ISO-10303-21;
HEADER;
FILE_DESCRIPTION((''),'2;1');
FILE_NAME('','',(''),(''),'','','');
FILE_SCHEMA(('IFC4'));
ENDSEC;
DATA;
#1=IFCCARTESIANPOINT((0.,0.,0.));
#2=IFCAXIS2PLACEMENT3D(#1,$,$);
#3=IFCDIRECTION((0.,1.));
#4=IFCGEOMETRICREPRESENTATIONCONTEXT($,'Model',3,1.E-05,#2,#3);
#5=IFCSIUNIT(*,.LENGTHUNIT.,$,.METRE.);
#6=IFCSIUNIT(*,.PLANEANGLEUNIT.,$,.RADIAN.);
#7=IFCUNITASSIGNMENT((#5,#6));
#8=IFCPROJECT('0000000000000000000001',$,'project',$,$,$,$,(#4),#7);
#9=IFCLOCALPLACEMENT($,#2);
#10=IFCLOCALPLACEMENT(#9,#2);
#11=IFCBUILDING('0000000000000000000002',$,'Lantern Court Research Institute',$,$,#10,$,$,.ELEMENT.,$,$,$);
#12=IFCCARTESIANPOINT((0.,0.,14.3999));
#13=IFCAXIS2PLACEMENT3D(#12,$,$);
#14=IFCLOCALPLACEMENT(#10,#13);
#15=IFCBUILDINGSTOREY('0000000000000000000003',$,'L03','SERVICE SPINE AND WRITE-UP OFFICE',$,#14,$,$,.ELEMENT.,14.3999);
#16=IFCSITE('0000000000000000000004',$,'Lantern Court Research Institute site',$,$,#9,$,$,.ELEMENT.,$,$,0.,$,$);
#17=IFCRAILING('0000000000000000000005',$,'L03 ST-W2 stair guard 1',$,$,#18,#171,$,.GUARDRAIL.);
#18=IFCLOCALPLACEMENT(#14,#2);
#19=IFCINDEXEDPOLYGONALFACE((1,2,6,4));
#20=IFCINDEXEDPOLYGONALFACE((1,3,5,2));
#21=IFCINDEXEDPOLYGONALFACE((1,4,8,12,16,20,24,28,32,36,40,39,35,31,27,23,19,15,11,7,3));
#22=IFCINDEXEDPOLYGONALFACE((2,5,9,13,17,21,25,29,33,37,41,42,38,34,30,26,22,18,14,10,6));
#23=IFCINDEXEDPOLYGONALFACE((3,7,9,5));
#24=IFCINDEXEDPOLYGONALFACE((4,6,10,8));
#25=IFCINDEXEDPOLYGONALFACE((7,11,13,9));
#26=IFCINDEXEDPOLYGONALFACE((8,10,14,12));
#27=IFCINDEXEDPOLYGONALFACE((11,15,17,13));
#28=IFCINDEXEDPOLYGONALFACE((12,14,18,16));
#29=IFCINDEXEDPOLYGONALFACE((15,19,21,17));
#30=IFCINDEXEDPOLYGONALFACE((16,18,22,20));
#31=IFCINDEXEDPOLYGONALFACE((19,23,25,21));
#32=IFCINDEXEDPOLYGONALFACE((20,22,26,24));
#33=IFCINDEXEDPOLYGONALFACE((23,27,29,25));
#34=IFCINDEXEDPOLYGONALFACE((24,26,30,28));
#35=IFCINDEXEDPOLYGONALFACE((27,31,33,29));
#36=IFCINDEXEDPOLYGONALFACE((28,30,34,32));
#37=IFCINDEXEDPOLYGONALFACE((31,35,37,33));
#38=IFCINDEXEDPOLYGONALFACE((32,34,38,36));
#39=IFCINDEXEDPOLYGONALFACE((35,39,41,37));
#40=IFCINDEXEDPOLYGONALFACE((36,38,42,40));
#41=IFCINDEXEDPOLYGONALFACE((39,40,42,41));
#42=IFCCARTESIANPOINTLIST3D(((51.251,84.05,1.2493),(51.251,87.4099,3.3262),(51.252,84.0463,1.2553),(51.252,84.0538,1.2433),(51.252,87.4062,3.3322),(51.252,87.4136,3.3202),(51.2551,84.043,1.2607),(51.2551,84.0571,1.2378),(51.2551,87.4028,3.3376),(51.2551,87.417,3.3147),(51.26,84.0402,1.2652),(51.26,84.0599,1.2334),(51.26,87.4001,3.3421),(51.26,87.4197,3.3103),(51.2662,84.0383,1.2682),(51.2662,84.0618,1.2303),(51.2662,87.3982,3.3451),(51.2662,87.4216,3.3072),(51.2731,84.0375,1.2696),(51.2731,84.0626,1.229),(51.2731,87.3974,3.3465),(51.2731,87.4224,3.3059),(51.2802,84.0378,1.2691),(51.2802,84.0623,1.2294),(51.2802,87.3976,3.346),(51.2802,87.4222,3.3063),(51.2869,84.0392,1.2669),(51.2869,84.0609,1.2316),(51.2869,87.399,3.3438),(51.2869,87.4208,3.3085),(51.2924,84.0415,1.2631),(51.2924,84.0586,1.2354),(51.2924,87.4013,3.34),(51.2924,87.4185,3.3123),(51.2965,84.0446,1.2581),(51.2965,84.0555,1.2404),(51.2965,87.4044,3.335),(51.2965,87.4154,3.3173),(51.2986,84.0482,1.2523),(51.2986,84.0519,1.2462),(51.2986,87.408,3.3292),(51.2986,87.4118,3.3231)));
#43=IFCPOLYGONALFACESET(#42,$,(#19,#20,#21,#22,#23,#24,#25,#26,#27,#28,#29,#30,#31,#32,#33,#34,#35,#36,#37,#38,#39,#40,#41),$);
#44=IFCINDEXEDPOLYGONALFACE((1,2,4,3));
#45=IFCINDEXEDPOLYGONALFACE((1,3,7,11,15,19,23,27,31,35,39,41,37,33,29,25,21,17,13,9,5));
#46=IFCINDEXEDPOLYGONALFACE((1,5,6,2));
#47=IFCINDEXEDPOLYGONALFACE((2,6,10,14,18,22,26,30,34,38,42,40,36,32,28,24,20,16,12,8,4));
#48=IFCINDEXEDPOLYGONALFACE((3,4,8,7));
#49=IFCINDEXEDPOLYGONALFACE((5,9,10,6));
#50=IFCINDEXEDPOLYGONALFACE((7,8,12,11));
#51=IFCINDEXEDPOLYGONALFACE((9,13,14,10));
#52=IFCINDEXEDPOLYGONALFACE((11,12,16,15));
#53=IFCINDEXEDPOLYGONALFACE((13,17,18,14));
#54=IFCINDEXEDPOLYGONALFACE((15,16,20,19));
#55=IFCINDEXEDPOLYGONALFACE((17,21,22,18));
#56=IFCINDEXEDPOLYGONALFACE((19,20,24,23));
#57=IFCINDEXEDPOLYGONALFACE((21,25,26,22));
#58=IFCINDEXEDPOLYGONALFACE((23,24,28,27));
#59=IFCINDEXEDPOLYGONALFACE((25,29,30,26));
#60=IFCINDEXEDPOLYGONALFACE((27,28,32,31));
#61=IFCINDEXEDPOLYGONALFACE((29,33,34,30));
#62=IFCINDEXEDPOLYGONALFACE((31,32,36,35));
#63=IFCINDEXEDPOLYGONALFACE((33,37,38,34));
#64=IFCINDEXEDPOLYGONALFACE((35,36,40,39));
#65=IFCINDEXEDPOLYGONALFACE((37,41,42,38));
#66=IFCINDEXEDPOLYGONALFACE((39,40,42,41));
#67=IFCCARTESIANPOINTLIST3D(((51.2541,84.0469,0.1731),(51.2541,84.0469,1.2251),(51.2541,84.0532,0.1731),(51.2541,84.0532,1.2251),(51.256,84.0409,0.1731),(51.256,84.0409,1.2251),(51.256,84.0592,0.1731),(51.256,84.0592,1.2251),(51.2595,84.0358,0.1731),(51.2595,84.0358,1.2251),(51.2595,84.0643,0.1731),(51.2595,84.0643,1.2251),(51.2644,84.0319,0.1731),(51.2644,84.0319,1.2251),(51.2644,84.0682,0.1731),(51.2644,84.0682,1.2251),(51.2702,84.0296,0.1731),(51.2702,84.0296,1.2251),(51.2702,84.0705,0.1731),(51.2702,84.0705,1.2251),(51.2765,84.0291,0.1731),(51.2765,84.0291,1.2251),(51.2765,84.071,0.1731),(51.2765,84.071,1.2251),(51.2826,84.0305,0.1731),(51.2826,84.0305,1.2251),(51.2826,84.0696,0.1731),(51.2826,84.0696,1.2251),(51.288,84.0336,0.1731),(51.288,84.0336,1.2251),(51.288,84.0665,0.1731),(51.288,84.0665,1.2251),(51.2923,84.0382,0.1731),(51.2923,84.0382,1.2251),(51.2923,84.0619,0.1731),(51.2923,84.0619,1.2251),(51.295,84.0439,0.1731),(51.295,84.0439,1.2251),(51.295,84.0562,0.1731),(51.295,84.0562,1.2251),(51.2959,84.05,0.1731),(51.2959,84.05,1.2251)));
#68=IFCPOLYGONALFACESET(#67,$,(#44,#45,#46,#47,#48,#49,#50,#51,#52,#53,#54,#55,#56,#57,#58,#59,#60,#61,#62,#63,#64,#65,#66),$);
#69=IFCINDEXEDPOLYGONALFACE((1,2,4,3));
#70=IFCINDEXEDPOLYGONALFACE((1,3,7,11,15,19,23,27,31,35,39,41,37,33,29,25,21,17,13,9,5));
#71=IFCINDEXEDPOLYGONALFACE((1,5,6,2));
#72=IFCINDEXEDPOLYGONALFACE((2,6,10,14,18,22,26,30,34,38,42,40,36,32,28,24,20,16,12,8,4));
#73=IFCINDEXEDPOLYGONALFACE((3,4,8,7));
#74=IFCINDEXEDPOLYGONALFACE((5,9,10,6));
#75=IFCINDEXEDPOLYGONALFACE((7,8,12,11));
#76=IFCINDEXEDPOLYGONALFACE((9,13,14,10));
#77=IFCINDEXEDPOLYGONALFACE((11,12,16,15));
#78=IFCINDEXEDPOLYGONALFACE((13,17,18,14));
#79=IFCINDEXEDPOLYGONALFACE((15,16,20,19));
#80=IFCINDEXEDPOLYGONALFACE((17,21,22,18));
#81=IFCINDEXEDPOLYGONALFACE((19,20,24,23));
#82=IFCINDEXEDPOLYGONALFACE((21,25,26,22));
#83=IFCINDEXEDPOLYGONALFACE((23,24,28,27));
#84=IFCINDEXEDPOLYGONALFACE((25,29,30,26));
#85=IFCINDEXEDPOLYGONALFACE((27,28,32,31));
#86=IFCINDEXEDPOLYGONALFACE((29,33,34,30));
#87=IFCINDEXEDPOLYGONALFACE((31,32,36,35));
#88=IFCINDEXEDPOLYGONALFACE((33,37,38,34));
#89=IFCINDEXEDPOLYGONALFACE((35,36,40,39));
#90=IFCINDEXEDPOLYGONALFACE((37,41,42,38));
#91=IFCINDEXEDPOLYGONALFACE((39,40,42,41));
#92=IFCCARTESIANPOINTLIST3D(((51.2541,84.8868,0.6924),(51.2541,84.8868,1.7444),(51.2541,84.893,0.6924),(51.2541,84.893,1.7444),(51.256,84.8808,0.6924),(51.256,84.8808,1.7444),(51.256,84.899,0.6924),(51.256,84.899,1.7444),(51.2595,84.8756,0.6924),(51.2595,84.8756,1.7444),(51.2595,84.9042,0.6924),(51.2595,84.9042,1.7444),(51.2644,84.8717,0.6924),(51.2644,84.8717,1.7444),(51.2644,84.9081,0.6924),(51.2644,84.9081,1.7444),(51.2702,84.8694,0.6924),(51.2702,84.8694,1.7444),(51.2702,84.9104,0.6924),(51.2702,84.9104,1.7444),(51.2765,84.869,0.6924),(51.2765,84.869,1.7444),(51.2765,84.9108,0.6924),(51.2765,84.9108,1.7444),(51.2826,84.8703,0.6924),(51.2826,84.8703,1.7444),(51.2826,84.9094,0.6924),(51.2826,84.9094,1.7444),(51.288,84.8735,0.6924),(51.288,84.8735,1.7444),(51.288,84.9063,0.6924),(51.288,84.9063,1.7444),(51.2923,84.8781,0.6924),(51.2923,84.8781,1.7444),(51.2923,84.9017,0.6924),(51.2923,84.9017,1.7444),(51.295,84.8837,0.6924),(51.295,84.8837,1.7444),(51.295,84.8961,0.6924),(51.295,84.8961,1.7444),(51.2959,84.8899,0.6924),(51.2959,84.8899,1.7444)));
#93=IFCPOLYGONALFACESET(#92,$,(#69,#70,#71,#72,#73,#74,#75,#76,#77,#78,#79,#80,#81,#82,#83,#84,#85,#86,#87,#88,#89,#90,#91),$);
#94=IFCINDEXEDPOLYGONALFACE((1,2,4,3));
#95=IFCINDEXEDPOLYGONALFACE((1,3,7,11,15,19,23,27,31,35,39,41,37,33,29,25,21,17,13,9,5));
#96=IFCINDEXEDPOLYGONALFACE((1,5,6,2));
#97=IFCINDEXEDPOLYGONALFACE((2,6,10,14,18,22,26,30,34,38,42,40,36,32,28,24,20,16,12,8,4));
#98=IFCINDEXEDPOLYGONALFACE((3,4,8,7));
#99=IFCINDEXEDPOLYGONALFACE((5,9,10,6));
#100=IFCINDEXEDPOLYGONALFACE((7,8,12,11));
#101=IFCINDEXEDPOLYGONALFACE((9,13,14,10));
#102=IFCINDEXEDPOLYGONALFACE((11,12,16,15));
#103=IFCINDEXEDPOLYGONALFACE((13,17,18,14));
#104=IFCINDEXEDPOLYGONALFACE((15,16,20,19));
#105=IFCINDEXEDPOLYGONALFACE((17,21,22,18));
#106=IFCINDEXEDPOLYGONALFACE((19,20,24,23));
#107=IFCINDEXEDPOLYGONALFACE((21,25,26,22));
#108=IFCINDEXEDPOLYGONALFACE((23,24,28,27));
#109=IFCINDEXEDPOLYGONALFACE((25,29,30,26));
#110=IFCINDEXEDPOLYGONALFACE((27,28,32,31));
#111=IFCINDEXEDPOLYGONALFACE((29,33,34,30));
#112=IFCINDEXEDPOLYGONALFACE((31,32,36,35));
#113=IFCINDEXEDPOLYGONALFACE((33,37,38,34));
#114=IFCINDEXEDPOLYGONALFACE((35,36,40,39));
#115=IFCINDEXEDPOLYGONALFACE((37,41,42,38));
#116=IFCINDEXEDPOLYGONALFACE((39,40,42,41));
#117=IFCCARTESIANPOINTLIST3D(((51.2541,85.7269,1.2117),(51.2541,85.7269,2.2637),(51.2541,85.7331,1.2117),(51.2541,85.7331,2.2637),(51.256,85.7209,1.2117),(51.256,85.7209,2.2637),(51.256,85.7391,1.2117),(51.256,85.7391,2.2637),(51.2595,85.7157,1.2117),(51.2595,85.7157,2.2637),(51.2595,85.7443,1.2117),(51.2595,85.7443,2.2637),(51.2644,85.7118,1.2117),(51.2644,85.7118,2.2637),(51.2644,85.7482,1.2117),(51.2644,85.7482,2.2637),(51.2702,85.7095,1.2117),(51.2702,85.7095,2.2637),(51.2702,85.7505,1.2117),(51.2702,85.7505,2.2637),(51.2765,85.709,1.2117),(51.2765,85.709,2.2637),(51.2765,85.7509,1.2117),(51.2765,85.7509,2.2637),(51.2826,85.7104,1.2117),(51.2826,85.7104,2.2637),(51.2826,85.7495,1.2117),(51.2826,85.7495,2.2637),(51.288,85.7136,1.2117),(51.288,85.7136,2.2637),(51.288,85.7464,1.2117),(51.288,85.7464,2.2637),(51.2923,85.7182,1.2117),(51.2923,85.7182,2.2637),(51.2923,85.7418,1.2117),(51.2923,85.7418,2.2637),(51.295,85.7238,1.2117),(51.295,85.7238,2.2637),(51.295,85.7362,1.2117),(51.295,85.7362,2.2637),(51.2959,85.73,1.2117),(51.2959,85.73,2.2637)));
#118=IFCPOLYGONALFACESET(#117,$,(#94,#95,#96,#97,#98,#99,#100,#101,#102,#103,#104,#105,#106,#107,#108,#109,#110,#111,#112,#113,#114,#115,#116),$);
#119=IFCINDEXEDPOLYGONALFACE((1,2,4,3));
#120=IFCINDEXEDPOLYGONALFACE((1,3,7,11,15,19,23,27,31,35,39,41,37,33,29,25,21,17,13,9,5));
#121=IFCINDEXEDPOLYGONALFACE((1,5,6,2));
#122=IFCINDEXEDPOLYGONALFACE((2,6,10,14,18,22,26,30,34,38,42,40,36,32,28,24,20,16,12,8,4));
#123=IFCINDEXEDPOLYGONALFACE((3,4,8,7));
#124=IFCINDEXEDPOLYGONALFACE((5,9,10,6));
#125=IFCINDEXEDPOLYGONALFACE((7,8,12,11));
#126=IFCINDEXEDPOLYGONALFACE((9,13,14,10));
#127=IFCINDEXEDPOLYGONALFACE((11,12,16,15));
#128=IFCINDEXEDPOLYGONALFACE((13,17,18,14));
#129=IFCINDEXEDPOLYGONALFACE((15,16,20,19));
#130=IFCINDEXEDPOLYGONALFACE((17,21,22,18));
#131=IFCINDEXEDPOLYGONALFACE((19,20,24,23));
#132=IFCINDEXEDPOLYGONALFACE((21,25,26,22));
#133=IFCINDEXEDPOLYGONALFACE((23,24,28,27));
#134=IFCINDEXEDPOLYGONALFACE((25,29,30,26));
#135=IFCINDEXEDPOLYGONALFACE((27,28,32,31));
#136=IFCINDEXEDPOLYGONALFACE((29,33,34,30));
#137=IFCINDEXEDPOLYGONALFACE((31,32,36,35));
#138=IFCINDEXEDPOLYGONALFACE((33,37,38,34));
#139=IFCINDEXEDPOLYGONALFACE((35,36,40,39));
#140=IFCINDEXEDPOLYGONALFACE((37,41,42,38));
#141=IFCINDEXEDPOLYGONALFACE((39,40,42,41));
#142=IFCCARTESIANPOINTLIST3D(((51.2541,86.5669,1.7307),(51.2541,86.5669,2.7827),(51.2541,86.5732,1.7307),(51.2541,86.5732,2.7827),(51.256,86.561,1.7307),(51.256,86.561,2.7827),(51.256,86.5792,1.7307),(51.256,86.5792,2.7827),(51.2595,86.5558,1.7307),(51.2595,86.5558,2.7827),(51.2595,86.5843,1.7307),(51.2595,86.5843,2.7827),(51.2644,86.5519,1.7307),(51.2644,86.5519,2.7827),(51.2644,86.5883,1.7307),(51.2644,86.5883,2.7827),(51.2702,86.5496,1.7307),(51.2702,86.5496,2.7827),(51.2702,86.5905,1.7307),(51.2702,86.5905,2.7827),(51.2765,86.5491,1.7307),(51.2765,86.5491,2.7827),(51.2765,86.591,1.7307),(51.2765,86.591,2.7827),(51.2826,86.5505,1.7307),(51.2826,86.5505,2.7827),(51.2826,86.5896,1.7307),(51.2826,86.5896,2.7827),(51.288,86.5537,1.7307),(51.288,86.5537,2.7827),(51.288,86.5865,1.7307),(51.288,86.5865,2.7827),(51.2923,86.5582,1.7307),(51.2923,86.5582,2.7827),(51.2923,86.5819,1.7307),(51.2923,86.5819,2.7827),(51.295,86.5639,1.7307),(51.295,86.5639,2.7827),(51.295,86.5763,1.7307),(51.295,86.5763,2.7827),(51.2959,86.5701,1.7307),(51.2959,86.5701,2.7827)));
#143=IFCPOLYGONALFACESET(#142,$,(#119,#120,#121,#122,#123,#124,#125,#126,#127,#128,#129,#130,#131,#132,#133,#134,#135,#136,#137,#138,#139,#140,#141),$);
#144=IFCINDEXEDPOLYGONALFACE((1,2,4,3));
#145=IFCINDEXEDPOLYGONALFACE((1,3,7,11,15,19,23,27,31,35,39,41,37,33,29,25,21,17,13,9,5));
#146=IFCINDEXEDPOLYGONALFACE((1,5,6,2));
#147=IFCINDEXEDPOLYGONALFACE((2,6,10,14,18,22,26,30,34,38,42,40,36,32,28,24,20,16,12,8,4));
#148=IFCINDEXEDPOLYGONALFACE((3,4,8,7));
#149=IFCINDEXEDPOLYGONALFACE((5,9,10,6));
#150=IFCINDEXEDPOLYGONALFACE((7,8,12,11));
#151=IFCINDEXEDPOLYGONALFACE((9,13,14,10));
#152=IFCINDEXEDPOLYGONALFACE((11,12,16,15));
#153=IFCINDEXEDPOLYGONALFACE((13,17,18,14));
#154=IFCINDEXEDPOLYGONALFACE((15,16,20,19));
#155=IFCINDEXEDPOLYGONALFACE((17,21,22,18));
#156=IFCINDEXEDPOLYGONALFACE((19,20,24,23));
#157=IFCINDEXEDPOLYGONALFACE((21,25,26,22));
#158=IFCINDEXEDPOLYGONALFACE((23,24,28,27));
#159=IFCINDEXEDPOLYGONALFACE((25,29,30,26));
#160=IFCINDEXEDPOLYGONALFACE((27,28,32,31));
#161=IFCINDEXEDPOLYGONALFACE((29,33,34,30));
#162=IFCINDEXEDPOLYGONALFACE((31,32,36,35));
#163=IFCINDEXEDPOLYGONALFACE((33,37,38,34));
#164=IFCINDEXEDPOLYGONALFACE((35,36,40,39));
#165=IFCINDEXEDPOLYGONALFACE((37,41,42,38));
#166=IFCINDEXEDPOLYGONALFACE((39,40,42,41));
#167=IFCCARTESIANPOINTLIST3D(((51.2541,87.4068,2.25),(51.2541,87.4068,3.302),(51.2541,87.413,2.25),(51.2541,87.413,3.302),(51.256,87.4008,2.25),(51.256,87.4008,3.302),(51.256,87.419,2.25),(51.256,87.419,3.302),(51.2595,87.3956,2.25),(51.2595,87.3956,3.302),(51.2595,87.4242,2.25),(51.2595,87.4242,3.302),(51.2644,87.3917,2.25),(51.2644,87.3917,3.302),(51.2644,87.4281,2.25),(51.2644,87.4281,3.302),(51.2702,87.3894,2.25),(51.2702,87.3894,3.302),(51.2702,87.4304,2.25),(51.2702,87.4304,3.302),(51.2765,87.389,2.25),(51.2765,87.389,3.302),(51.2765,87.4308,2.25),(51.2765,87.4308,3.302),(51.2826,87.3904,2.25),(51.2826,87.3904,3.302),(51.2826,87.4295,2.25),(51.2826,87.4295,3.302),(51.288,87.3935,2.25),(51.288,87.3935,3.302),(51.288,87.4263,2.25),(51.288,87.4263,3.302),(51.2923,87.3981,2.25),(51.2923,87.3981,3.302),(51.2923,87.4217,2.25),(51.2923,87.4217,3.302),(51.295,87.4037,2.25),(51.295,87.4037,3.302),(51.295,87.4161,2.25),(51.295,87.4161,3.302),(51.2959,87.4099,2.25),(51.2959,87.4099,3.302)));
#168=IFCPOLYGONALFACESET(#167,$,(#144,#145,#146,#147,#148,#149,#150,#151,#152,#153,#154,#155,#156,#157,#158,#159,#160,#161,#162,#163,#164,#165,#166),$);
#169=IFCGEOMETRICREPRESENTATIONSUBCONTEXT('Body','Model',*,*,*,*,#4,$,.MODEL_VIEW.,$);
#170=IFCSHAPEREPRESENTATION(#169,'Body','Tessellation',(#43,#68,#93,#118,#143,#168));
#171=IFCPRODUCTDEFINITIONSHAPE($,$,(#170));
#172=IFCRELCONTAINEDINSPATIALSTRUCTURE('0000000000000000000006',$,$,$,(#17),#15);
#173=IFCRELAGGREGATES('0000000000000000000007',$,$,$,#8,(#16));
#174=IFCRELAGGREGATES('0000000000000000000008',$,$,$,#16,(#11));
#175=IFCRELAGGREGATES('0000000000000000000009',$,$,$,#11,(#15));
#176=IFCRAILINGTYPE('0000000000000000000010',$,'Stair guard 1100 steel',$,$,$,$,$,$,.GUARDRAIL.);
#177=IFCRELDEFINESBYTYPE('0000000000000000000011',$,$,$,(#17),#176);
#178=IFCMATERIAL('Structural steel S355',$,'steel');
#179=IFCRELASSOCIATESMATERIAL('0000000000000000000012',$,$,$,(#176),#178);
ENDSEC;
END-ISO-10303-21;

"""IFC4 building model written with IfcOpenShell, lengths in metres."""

from ifc_helpers import new_model, si_unit, direction, frame, origin, origin_2d, place, context, subcontext, project, spatial, circle, extrude, material, type_object, element, save


model = new_model("IFC4")

# Units and contexts
model_context = context("Model", 3, precision=1e-05, world=origin(), true_north=direction((0.0, 1.0)))
body_context = subcontext(model_context, "Body", "Model", "MODEL_VIEW")
ifc_project = project(units=[si_unit("LENGTHUNIT", "METRE"), si_unit("PLANEANGLEUNIT", "RADIAN")], contexts=[model_context])

# Site, building, storey
site_placement = place(None, origin())
site = spatial("IfcSite", under=ifc_project, at=site_placement, Name="Lantern Court Research Institute site", CompositionType="ELEMENT", RefElevation=0.0)
building_placement = place(site_placement, origin())
building = spatial("IfcBuilding", under=site, at=building_placement, Name="Lantern Court Research Institute", CompositionType="ELEMENT")
storey_placement = place(building_placement, frame((0.0, 0.0, 14.3999)))
storey = spatial("IfcBuildingStorey", under=building, at=storey_placement, Name="L03", Description="SERVICE SPINE AND WRITE-UP OFFICE", CompositionType="ELEMENT", Elevation=14.3999)

# Railing
ifc_material_1 = material(Name="Structural steel S355", Category="steel")
railing_type_1 = type_object("IfcRailingType", Name="Stair guard 1100 steel", PredefinedType="GUARDRAIL", material=ifc_material_1)
railing_1_placement = place(storey_placement, frame((51.2749, 84.05, 0.1731)))
element("IfcRailing", 1, at=railing_1_placement, inside=storey, type_object=railing_type_1, Name="L03 ST-W2 stair guard 1", PredefinedType="GUARDRAIL", context=body_context, shape_type="SweptSolid", body=[
    extrude(circle(Radius=0.0239, at=origin_2d()), frame((0.0, 0.0, 1.0762), z_axis=(0.0, 0.850606, 0.525803), x_axis=(-1.0, 0.0, 0.0)), (0.0, 0.0, 1.0), 3.95),
    extrude(circle(Radius=0.021, at=origin_2d()), origin(), (0.0, 0.0, 1.0), 1.052),
    extrude(circle(Radius=0.021, at=origin_2d()), frame((0.0, 0.8398, 0.5193)), (0.0, 0.0, 1.0), 1.052),
    extrude(circle(Radius=0.021, at=origin_2d()), frame((0.0, 1.6799, 1.0386)), (0.0, 0.0, 1.0), 1.052),
    extrude(circle(Radius=0.021, at=origin_2d()), frame((0.0, 2.52, 1.5576)), (0.0, 0.0, 1.0), 1.052),
    extrude(circle(Radius=0.021, at=origin_2d()), frame((0.0, 3.3599, 2.0769)), (0.0, 0.0, 1.0), 1.052),
])

save(model, "model.ifc")
